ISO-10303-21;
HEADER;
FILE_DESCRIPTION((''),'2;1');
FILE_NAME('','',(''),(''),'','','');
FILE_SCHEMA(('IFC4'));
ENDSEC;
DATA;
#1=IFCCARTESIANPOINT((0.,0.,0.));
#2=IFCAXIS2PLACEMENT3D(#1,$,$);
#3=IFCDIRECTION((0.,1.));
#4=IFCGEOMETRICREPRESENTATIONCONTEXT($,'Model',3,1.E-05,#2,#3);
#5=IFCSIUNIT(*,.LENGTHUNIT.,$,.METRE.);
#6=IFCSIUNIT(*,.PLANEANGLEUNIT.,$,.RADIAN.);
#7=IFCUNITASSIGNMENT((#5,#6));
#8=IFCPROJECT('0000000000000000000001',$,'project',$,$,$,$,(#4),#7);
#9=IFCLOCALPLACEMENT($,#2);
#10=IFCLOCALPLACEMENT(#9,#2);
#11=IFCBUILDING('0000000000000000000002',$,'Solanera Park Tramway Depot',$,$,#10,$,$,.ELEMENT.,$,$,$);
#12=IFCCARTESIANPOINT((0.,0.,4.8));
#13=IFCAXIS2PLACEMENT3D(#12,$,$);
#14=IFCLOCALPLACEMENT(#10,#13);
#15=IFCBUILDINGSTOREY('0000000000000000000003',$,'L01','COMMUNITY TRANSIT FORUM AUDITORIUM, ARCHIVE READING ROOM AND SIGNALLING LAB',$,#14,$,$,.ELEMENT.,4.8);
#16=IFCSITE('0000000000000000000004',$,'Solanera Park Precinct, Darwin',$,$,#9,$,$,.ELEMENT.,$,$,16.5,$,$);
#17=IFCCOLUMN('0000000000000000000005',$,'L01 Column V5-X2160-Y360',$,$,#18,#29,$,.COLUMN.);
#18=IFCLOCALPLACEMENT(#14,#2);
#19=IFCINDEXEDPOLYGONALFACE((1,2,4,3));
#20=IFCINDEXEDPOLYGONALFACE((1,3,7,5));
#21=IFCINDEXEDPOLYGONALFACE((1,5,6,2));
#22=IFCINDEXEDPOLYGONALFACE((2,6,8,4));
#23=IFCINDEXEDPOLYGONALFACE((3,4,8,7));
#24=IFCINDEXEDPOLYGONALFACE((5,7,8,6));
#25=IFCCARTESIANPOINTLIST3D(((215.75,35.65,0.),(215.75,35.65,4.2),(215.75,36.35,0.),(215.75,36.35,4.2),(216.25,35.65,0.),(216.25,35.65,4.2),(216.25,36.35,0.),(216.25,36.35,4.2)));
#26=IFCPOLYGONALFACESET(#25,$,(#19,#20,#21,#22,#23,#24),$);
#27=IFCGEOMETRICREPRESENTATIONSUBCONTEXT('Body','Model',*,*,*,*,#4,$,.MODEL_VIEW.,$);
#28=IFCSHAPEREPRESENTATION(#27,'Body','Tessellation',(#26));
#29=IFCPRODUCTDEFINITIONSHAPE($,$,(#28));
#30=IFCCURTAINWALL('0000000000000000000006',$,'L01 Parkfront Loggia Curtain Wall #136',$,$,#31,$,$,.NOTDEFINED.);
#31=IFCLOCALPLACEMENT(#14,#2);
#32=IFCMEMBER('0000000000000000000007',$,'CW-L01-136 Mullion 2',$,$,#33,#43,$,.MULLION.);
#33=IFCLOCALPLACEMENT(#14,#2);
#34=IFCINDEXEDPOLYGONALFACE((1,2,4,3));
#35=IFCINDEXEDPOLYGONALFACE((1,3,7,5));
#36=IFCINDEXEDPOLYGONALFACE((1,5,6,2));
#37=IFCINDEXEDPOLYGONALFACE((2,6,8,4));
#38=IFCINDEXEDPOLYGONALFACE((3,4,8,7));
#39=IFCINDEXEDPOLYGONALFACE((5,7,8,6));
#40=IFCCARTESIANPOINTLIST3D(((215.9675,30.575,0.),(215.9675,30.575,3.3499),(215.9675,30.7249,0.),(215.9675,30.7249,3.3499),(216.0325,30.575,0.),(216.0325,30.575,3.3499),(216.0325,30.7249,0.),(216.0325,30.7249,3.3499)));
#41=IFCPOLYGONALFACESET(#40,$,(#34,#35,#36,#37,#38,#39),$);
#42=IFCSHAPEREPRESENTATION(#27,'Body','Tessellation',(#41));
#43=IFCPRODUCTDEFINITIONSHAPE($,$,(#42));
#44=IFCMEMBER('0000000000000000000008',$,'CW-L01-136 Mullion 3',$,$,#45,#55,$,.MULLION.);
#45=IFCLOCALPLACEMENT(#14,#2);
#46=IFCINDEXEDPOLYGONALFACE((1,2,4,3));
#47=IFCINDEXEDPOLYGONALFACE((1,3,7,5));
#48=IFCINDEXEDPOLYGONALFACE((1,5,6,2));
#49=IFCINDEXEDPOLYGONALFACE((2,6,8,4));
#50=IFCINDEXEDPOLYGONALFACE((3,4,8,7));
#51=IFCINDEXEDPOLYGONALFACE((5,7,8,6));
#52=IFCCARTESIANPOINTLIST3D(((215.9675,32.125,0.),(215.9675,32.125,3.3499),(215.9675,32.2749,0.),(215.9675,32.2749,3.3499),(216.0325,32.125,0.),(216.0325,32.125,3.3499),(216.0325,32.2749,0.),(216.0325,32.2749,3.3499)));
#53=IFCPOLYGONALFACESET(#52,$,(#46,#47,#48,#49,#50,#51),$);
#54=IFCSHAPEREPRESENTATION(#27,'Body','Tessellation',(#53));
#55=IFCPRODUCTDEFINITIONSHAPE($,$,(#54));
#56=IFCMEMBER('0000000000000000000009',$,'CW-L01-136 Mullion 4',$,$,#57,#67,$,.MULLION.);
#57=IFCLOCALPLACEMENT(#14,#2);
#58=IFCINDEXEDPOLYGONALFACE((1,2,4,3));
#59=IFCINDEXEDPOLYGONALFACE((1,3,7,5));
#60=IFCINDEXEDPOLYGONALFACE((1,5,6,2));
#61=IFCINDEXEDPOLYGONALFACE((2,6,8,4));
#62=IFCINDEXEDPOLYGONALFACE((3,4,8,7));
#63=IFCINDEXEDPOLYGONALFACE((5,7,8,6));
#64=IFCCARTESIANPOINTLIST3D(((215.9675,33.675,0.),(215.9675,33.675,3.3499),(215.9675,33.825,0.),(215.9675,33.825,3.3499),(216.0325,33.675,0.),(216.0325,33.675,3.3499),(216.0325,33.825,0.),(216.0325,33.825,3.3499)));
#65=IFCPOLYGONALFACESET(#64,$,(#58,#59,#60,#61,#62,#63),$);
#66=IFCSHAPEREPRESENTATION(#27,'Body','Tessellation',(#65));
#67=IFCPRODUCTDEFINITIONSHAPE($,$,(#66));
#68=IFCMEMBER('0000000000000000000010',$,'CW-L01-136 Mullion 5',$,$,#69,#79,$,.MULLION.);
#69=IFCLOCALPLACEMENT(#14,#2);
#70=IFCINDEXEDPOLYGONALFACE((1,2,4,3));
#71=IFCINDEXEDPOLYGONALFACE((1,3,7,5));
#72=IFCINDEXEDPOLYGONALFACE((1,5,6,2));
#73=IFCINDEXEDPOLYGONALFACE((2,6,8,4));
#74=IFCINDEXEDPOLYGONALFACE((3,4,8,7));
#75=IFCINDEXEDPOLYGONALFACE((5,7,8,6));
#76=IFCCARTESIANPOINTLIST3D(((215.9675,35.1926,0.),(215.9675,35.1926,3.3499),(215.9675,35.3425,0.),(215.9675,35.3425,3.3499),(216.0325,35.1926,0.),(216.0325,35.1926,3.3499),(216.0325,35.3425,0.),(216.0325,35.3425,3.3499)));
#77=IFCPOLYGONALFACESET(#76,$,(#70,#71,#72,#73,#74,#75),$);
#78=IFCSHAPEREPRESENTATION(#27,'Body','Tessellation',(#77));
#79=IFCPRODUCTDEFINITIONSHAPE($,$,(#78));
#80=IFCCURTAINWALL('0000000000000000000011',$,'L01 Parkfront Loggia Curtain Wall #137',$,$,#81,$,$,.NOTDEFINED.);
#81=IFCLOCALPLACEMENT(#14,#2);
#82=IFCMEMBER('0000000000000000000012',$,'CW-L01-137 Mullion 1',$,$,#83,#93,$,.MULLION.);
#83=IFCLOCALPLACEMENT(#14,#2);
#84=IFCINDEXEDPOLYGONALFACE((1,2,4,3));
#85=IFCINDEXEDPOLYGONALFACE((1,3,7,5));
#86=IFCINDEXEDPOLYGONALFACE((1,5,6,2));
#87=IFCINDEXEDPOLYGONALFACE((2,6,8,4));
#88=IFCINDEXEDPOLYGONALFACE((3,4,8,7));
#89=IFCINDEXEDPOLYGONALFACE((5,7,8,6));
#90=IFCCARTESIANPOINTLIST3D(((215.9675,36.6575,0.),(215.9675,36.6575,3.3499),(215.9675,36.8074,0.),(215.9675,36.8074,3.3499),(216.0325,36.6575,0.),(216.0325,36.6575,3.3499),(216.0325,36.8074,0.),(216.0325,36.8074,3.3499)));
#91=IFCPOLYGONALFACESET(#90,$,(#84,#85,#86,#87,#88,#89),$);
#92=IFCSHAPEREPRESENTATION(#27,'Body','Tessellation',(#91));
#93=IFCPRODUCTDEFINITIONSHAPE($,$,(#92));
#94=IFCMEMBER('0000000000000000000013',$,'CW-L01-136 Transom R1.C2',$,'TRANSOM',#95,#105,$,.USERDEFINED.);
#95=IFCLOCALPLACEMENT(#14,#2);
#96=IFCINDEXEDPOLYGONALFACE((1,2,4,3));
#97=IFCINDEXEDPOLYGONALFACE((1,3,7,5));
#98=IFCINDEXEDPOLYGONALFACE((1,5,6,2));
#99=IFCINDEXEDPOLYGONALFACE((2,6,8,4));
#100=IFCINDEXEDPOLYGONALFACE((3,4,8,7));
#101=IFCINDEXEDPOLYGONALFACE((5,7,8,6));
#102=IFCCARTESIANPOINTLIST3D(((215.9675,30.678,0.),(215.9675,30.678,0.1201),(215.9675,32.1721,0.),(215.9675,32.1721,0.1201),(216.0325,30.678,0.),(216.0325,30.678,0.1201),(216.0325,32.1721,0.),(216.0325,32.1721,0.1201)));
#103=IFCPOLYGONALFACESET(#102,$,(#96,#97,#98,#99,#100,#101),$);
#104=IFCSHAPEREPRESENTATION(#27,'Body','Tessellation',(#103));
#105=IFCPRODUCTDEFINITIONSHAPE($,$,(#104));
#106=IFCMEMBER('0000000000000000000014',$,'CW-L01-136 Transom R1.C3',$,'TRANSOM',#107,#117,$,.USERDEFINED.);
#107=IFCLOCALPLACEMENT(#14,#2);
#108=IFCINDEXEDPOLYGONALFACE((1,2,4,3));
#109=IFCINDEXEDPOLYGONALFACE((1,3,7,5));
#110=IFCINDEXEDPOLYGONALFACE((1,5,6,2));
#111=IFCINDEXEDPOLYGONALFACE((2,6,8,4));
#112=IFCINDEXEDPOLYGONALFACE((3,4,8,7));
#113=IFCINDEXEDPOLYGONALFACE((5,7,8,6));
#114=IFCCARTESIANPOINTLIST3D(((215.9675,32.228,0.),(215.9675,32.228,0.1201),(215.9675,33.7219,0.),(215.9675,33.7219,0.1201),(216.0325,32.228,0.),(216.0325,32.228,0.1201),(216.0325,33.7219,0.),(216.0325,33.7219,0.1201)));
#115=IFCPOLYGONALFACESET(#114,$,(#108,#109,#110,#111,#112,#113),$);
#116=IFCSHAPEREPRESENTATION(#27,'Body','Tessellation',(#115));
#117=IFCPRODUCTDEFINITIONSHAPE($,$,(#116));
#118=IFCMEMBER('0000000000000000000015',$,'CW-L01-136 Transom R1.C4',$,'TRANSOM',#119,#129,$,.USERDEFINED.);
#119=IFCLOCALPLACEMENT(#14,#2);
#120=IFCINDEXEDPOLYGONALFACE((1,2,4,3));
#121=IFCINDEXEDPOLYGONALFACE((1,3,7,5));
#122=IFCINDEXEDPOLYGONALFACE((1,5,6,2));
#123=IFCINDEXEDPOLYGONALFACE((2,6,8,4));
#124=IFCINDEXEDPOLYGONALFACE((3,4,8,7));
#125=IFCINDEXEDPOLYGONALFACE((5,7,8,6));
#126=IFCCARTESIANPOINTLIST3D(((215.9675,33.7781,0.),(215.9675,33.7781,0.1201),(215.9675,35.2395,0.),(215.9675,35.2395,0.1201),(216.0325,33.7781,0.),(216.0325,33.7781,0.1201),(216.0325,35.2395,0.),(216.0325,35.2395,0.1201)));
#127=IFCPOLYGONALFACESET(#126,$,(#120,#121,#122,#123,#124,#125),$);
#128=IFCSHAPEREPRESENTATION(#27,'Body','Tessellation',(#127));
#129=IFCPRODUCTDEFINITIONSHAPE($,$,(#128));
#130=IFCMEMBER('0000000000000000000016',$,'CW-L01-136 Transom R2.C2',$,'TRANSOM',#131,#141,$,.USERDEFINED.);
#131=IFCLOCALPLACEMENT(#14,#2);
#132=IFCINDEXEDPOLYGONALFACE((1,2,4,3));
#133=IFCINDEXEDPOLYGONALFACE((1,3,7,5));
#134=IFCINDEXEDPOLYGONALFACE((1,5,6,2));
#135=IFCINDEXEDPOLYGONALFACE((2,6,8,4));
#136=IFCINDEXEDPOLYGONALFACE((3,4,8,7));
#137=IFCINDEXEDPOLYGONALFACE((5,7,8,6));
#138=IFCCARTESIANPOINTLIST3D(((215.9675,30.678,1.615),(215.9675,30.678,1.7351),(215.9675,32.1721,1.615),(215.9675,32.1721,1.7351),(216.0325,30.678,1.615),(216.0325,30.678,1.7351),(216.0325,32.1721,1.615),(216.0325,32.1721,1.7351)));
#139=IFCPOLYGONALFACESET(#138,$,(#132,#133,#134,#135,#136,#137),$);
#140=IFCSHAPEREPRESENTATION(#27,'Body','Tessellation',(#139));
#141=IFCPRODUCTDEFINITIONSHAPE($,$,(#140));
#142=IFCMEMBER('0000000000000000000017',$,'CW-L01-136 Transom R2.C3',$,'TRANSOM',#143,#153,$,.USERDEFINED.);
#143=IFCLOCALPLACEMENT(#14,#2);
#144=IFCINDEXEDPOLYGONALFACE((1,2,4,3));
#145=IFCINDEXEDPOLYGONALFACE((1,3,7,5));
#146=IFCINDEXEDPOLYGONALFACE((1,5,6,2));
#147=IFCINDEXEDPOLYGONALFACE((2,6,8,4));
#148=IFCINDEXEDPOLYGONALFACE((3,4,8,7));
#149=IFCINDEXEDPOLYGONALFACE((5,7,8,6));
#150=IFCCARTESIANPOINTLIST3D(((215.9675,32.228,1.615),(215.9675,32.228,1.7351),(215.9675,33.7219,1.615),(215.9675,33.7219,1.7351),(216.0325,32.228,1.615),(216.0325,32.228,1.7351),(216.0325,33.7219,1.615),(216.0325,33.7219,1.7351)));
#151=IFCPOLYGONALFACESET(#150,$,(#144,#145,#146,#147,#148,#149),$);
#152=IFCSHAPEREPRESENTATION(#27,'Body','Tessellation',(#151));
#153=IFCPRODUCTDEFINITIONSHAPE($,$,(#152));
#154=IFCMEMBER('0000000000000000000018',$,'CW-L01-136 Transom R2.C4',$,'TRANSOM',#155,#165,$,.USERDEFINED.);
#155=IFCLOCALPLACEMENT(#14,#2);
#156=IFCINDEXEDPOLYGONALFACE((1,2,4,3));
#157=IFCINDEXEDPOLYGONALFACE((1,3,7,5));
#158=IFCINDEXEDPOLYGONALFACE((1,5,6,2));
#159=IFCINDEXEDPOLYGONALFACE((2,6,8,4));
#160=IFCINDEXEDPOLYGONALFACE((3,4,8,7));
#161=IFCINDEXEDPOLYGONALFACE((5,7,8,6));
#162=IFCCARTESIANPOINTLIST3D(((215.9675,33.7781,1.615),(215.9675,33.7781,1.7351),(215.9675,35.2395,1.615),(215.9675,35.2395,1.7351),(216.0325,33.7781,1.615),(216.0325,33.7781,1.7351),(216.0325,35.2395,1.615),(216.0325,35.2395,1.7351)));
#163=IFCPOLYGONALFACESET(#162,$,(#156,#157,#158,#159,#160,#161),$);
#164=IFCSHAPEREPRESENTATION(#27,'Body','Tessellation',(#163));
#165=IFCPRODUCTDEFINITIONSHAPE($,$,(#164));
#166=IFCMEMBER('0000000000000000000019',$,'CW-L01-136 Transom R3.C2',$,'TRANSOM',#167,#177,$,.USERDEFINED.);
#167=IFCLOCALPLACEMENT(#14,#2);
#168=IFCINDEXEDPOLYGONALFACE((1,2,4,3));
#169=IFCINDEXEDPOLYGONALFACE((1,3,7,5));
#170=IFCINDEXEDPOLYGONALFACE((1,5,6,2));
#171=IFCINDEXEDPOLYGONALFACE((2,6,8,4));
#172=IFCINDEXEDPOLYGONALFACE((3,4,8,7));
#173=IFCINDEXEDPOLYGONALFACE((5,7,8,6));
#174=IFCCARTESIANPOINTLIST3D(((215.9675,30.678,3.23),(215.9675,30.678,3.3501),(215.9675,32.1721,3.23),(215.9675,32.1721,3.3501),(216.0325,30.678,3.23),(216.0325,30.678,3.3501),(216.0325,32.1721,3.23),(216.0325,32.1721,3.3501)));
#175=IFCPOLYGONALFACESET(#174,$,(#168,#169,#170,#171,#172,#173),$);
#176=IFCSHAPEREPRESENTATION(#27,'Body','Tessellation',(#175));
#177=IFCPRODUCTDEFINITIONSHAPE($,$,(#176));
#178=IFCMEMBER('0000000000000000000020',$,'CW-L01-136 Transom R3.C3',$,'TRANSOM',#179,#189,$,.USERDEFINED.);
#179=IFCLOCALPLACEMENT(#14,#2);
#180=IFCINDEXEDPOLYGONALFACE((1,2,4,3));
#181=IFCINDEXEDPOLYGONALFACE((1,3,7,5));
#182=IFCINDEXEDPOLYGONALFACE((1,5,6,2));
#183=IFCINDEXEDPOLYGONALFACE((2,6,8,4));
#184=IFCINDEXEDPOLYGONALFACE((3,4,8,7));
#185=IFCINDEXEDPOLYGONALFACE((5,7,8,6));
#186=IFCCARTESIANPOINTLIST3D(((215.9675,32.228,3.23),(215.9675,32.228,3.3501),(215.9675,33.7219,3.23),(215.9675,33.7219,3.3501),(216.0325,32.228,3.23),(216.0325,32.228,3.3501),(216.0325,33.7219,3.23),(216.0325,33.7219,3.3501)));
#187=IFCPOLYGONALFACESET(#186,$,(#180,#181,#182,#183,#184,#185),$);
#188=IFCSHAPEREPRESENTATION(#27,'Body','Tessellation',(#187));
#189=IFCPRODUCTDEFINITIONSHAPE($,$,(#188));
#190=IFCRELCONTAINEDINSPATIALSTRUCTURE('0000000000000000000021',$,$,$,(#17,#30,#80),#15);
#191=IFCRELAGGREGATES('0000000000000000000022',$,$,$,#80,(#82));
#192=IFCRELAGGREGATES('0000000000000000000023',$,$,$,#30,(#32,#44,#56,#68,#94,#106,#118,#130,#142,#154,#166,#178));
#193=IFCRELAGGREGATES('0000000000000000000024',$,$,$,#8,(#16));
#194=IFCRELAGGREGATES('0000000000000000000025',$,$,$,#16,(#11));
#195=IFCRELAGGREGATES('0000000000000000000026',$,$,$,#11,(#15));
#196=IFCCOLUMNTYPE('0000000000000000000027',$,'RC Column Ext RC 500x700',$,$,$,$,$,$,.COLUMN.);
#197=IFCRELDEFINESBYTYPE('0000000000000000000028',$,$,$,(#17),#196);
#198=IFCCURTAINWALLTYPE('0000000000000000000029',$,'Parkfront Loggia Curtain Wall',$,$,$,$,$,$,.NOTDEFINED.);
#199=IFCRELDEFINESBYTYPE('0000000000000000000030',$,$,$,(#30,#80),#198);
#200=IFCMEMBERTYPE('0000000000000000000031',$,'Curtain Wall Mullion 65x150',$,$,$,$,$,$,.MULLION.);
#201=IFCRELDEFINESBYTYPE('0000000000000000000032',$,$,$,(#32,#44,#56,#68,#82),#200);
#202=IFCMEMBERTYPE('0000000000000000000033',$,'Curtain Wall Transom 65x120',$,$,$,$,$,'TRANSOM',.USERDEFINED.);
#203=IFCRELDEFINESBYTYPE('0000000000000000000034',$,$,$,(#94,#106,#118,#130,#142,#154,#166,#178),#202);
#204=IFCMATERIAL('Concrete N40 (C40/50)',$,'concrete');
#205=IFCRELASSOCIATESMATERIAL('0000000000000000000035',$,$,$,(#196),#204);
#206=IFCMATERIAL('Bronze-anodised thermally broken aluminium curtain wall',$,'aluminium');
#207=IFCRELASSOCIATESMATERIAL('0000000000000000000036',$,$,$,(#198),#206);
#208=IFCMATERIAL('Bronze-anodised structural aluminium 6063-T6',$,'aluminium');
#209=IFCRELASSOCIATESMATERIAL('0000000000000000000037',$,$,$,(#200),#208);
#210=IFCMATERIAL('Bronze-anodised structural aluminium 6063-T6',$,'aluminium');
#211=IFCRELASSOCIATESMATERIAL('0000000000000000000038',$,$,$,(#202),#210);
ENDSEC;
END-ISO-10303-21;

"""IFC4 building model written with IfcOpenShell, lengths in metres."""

from ifc_helpers import new_model, si_unit, direction, frame, origin, origin_2d, place, context, subcontext, project, spatial, rectangle, extrude, material, material_profile, profile_set, type_object, element, aggregate, save


model = new_model("IFC4")

# Units and contexts
model_context = context("Model", 3, precision=1e-05, world=origin(), true_north=direction((0.0, 1.0)))
body_context = subcontext(model_context, "Body", "Model", "MODEL_VIEW")
ifc_project = project(units=[si_unit("LENGTHUNIT", "METRE"), si_unit("PLANEANGLEUNIT", "RADIAN")], contexts=[model_context])

# Site, building, storey
site_placement = place(None, origin())
site = spatial("IfcSite", under=ifc_project, at=site_placement, Name="Solanera Park Precinct, Darwin", CompositionType="ELEMENT", RefElevation=16.5)
building_placement = place(site_placement, origin())
building = spatial("IfcBuilding", under=site, at=building_placement, Name="Solanera Park Tramway Depot", CompositionType="ELEMENT")
storey_placement = place(building_placement, frame((0.0, 0.0, 4.8)))
storey = spatial("IfcBuildingStorey", under=building, at=storey_placement, Name="L01", Description="COMMUNITY TRANSIT FORUM AUDITORIUM, ARCHIVE READING ROOM AND SIGNALLING LAB", CompositionType="ELEMENT", Elevation=4.8)

# Column
ifc_material_1 = material(Name="Concrete N40 (C40/50)", Category="concrete")
ifc_material_profile_1 = material_profile(ifc_material_1, rectangle(XDim=0.5, YDim=0.7, at=origin_2d()), Name="RC 500x700")
ifc_profile_set_1 = profile_set([ifc_material_profile_1], Name="Concrete N40 (C40/50)")
column_type = type_object("IfcColumnType", Name="RC Column Ext RC 500x700", PredefinedType="COLUMN", material=ifc_profile_set_1)
column_placement = place(storey_placement, frame((216.0, 36.0, 0.0), z_axis=(0.0, 0.0, 1.0), x_axis=(1.0, 0.0, 0.0)))
element("IfcColumn", 1, at=column_placement, inside=storey, type_object=column_type, Name="L01 Column V5-X2160-Y360", PredefinedType="COLUMN", context=body_context, shape_type="SweptSolid", body=[
    extrude(rectangle(XDim=0.5, YDim=0.7, at=origin_2d()), origin(), (0.0, 0.0, 1.0), 4.2),
])

# Curtain wall, members
ifc_material_2 = material(Name="Bronze-anodised thermally broken aluminium curtain wall", Category="aluminium")
curtain_wall_type = type_object("IfcCurtainWallType", Name="Parkfront Loggia Curtain Wall", PredefinedType="NOTDEFINED", material=ifc_material_2)
curtain_wall_1_placement = place(storey_placement, origin())
curtain_wall_1 = element("IfcCurtainWall", 2, at=curtain_wall_1_placement, inside=storey, type_object=curtain_wall_type, Name="L01 Parkfront Loggia Curtain Wall #136", PredefinedType="NOTDEFINED")
ifc_material_3 = material(Name="Bronze-anodised structural aluminium 6063-T6", Category="aluminium")
ifc_material_profile_2 = material_profile(ifc_material_3, rectangle(XDim=0.0649, YDim=0.1499, at=origin_2d()), Name="Curtain Wall Mullion 65x150")
ifc_profile_set_2 = profile_set([ifc_material_profile_2], Name="Bronze-anodised structural aluminium 6063-T6")
member_type_1 = type_object("IfcMemberType", Name="Curtain Wall Mullion 65x150", PredefinedType="MULLION", material=ifc_profile_set_2)
member_1_placement = place(storey_placement, frame((216.0, 30.6499, 0.0), z_axis=(0.0, 0.0, 1.0), x_axis=(1.0, 0.0, 0.0)))
member_1 = element("IfcMember", 3, at=member_1_placement, type_object=member_type_1, Name="CW-L01-136 Mullion 2", PredefinedType="MULLION", context=body_context, shape_type="SweptSolid", body=[
    extrude(rectangle(XDim=0.0649, YDim=0.1499, at=origin_2d()), origin(), (0.0, 0.0, 1.0), 3.3499),
])
member_2_placement = place(storey_placement, frame((216.0, 32.2, 0.0), z_axis=(0.0, 0.0, 1.0), x_axis=(1.0, 0.0, 0.0)))
member_2 = element("IfcMember", 4, at=member_2_placement, type_object=member_type_1, Name="CW-L01-136 Mullion 3", PredefinedType="MULLION", context=body_context, shape_type="SweptSolid", body=[
    extrude(rectangle(XDim=0.0649, YDim=0.1499, at=origin_2d()), origin(), (0.0, 0.0, 1.0), 3.3499),
])
member_3_placement = place(storey_placement, frame((216.0, 33.75, 0.0), z_axis=(0.0, 0.0, 1.0), x_axis=(1.0, 0.0, 0.0)))
member_3 = element("IfcMember", 5, at=member_3_placement, type_object=member_type_1, Name="CW-L01-136 Mullion 4", PredefinedType="MULLION", context=body_context, shape_type="SweptSolid", body=[
    extrude(rectangle(XDim=0.0649, YDim=0.1499, at=origin_2d()), origin(), (0.0, 0.0, 1.0), 3.3499),
])
member_4_placement = place(storey_placement, frame((216.0, 35.2676, 0.0), z_axis=(0.0, 0.0, 1.0), x_axis=(1.0, 0.0, 0.0)))
member_4 = element("IfcMember", 6, at=member_4_placement, type_object=member_type_1, Name="CW-L01-136 Mullion 5", PredefinedType="MULLION", context=body_context, shape_type="SweptSolid", body=[
    extrude(rectangle(XDim=0.0649, YDim=0.1499, at=origin_2d()), origin(), (0.0, 0.0, 1.0), 3.3499),
])

# Curtain wall, member
curtain_wall_2_placement = place(storey_placement, origin())
curtain_wall_2 = element("IfcCurtainWall", 7, at=curtain_wall_2_placement, inside=storey, type_object=curtain_wall_type, Name="L01 Parkfront Loggia Curtain Wall #137", PredefinedType="NOTDEFINED")
member_5_placement = place(storey_placement, frame((216.0, 36.7324, 0.0), z_axis=(0.0, 0.0, 1.0), x_axis=(1.0, 0.0, 0.0)))
member_5 = element("IfcMember", 8, at=member_5_placement, type_object=member_type_1, Name="CW-L01-137 Mullion 1", PredefinedType="MULLION", context=body_context, shape_type="SweptSolid", body=[
    extrude(rectangle(XDim=0.0649, YDim=0.1499, at=origin_2d()), origin(), (0.0, 0.0, 1.0), 3.3499),
])

# Members
ifc_material_4 = material(Name="Bronze-anodised structural aluminium 6063-T6", Category="aluminium")
ifc_material_profile_3 = material_profile(ifc_material_4, rectangle(XDim=0.0649, YDim=0.1201, at=origin_2d()), Name="Curtain Wall Transom 65x120")
ifc_profile_set_3 = profile_set([ifc_material_profile_3], Name="Bronze-anodised structural aluminium 6063-T6")
member_type_2 = type_object("IfcMemberType", Name="Curtain Wall Transom 65x120", ElementType="TRANSOM", PredefinedType="USERDEFINED", material=ifc_profile_set_3)
member_6_placement = place(storey_placement, frame((216.0, 30.678, 0.0601), z_axis=(0.0, 1.0, 0.0), x_axis=(-1.0, 0.0, 0.0)))
member_6 = element("IfcMember", 9, at=member_6_placement, type_object=member_type_2, Name="CW-L01-136 Transom R1.C2", ObjectType="TRANSOM", PredefinedType="USERDEFINED", context=body_context, shape_type="SweptSolid", body=[
    extrude(rectangle(XDim=0.0649, YDim=0.1201, at=origin_2d()), origin(), (0.0, 0.0, 1.0), 1.4941),
])
member_7_placement = place(storey_placement, frame((216.0, 32.228, 0.0601), z_axis=(0.0, 1.0, 0.0), x_axis=(-1.0, 0.0, 0.0)))
member_7 = element("IfcMember", 10, at=member_7_placement, type_object=member_type_2, Name="CW-L01-136 Transom R1.C3", ObjectType="TRANSOM", PredefinedType="USERDEFINED", context=body_context, shape_type="SweptSolid", body=[
    extrude(rectangle(XDim=0.0649, YDim=0.1201, at=origin_2d()), origin(), (0.0, 0.0, 1.0), 1.4939),
])
member_8_placement = place(storey_placement, frame((216.0, 33.7781, 0.0601), z_axis=(0.0, 1.0, 0.0), x_axis=(-1.0, 0.0, 0.0)))
member_8 = element("IfcMember", 11, at=member_8_placement, type_object=member_type_2, Name="CW-L01-136 Transom R1.C4", ObjectType="TRANSOM", PredefinedType="USERDEFINED", context=body_context, shape_type="SweptSolid", body=[
    extrude(rectangle(XDim=0.0649, YDim=0.1201, at=origin_2d()), origin(), (0.0, 0.0, 1.0), 1.4614),
])
member_9_placement = place(storey_placement, frame((216.0, 30.678, 1.675), z_axis=(0.0, 1.0, 0.0), x_axis=(-1.0, 0.0, 0.0)))
member_9 = element("IfcMember", 12, at=member_9_placement, type_object=member_type_2, Name="CW-L01-136 Transom R2.C2", ObjectType="TRANSOM", PredefinedType="USERDEFINED", context=body_context, shape_type="SweptSolid", body=[
    extrude(rectangle(XDim=0.0649, YDim=0.1201, at=origin_2d()), origin(), (0.0, 0.0, 1.0), 1.4941),
])
member_10_placement = place(storey_placement, frame((216.0, 32.228, 1.675), z_axis=(0.0, 1.0, 0.0), x_axis=(-1.0, 0.0, 0.0)))
member_10 = element("IfcMember", 13, at=member_10_placement, type_object=member_type_2, Name="CW-L01-136 Transom R2.C3", ObjectType="TRANSOM", PredefinedType="USERDEFINED", context=body_context, shape_type="SweptSolid", body=[
    extrude(rectangle(XDim=0.0649, YDim=0.1201, at=origin_2d()), origin(), (0.0, 0.0, 1.0), 1.4939),
])
member_11_placement = place(storey_placement, frame((216.0, 33.7781, 1.675), z_axis=(0.0, 1.0, 0.0), x_axis=(-1.0, 0.0, 0.0)))
member_11 = element("IfcMember", 14, at=member_11_placement, type_object=member_type_2, Name="CW-L01-136 Transom R2.C4", ObjectType="TRANSOM", PredefinedType="USERDEFINED", context=body_context, shape_type="SweptSolid", body=[
    extrude(rectangle(XDim=0.0649, YDim=0.1201, at=origin_2d()), origin(), (0.0, 0.0, 1.0), 1.4614),
])
member_12_placement = place(storey_placement, frame((216.0, 30.678, 3.29), z_axis=(0.0, 1.0, 0.0), x_axis=(-1.0, 0.0, 0.0)))
member_12 = element("IfcMember", 15, at=member_12_placement, type_object=member_type_2, Name="CW-L01-136 Transom R3.C2", ObjectType="TRANSOM", PredefinedType="USERDEFINED", context=body_context, shape_type="SweptSolid", body=[
    extrude(rectangle(XDim=0.0649, YDim=0.1201, at=origin_2d()), origin(), (0.0, 0.0, 1.0), 1.4941),
])
member_13_placement = place(storey_placement, frame((216.0, 32.228, 3.29), z_axis=(0.0, 1.0, 0.0), x_axis=(-1.0, 0.0, 0.0)))
member_13 = element("IfcMember", 16, at=member_13_placement, type_object=member_type_2, Name="CW-L01-136 Transom R3.C3", ObjectType="TRANSOM", PredefinedType="USERDEFINED", context=body_context, shape_type="SweptSolid", body=[
    extrude(rectangle(XDim=0.0649, YDim=0.1201, at=origin_2d()), origin(), (0.0, 0.0, 1.0), 1.4939),
])
aggregate(curtain_wall_2, [member_5])

aggregate(curtain_wall_1, [member_1, member_2, member_3, member_4, member_6, member_7, member_8, member_9, member_10, member_11, member_12, member_13])

save(model, "model.ifc")
